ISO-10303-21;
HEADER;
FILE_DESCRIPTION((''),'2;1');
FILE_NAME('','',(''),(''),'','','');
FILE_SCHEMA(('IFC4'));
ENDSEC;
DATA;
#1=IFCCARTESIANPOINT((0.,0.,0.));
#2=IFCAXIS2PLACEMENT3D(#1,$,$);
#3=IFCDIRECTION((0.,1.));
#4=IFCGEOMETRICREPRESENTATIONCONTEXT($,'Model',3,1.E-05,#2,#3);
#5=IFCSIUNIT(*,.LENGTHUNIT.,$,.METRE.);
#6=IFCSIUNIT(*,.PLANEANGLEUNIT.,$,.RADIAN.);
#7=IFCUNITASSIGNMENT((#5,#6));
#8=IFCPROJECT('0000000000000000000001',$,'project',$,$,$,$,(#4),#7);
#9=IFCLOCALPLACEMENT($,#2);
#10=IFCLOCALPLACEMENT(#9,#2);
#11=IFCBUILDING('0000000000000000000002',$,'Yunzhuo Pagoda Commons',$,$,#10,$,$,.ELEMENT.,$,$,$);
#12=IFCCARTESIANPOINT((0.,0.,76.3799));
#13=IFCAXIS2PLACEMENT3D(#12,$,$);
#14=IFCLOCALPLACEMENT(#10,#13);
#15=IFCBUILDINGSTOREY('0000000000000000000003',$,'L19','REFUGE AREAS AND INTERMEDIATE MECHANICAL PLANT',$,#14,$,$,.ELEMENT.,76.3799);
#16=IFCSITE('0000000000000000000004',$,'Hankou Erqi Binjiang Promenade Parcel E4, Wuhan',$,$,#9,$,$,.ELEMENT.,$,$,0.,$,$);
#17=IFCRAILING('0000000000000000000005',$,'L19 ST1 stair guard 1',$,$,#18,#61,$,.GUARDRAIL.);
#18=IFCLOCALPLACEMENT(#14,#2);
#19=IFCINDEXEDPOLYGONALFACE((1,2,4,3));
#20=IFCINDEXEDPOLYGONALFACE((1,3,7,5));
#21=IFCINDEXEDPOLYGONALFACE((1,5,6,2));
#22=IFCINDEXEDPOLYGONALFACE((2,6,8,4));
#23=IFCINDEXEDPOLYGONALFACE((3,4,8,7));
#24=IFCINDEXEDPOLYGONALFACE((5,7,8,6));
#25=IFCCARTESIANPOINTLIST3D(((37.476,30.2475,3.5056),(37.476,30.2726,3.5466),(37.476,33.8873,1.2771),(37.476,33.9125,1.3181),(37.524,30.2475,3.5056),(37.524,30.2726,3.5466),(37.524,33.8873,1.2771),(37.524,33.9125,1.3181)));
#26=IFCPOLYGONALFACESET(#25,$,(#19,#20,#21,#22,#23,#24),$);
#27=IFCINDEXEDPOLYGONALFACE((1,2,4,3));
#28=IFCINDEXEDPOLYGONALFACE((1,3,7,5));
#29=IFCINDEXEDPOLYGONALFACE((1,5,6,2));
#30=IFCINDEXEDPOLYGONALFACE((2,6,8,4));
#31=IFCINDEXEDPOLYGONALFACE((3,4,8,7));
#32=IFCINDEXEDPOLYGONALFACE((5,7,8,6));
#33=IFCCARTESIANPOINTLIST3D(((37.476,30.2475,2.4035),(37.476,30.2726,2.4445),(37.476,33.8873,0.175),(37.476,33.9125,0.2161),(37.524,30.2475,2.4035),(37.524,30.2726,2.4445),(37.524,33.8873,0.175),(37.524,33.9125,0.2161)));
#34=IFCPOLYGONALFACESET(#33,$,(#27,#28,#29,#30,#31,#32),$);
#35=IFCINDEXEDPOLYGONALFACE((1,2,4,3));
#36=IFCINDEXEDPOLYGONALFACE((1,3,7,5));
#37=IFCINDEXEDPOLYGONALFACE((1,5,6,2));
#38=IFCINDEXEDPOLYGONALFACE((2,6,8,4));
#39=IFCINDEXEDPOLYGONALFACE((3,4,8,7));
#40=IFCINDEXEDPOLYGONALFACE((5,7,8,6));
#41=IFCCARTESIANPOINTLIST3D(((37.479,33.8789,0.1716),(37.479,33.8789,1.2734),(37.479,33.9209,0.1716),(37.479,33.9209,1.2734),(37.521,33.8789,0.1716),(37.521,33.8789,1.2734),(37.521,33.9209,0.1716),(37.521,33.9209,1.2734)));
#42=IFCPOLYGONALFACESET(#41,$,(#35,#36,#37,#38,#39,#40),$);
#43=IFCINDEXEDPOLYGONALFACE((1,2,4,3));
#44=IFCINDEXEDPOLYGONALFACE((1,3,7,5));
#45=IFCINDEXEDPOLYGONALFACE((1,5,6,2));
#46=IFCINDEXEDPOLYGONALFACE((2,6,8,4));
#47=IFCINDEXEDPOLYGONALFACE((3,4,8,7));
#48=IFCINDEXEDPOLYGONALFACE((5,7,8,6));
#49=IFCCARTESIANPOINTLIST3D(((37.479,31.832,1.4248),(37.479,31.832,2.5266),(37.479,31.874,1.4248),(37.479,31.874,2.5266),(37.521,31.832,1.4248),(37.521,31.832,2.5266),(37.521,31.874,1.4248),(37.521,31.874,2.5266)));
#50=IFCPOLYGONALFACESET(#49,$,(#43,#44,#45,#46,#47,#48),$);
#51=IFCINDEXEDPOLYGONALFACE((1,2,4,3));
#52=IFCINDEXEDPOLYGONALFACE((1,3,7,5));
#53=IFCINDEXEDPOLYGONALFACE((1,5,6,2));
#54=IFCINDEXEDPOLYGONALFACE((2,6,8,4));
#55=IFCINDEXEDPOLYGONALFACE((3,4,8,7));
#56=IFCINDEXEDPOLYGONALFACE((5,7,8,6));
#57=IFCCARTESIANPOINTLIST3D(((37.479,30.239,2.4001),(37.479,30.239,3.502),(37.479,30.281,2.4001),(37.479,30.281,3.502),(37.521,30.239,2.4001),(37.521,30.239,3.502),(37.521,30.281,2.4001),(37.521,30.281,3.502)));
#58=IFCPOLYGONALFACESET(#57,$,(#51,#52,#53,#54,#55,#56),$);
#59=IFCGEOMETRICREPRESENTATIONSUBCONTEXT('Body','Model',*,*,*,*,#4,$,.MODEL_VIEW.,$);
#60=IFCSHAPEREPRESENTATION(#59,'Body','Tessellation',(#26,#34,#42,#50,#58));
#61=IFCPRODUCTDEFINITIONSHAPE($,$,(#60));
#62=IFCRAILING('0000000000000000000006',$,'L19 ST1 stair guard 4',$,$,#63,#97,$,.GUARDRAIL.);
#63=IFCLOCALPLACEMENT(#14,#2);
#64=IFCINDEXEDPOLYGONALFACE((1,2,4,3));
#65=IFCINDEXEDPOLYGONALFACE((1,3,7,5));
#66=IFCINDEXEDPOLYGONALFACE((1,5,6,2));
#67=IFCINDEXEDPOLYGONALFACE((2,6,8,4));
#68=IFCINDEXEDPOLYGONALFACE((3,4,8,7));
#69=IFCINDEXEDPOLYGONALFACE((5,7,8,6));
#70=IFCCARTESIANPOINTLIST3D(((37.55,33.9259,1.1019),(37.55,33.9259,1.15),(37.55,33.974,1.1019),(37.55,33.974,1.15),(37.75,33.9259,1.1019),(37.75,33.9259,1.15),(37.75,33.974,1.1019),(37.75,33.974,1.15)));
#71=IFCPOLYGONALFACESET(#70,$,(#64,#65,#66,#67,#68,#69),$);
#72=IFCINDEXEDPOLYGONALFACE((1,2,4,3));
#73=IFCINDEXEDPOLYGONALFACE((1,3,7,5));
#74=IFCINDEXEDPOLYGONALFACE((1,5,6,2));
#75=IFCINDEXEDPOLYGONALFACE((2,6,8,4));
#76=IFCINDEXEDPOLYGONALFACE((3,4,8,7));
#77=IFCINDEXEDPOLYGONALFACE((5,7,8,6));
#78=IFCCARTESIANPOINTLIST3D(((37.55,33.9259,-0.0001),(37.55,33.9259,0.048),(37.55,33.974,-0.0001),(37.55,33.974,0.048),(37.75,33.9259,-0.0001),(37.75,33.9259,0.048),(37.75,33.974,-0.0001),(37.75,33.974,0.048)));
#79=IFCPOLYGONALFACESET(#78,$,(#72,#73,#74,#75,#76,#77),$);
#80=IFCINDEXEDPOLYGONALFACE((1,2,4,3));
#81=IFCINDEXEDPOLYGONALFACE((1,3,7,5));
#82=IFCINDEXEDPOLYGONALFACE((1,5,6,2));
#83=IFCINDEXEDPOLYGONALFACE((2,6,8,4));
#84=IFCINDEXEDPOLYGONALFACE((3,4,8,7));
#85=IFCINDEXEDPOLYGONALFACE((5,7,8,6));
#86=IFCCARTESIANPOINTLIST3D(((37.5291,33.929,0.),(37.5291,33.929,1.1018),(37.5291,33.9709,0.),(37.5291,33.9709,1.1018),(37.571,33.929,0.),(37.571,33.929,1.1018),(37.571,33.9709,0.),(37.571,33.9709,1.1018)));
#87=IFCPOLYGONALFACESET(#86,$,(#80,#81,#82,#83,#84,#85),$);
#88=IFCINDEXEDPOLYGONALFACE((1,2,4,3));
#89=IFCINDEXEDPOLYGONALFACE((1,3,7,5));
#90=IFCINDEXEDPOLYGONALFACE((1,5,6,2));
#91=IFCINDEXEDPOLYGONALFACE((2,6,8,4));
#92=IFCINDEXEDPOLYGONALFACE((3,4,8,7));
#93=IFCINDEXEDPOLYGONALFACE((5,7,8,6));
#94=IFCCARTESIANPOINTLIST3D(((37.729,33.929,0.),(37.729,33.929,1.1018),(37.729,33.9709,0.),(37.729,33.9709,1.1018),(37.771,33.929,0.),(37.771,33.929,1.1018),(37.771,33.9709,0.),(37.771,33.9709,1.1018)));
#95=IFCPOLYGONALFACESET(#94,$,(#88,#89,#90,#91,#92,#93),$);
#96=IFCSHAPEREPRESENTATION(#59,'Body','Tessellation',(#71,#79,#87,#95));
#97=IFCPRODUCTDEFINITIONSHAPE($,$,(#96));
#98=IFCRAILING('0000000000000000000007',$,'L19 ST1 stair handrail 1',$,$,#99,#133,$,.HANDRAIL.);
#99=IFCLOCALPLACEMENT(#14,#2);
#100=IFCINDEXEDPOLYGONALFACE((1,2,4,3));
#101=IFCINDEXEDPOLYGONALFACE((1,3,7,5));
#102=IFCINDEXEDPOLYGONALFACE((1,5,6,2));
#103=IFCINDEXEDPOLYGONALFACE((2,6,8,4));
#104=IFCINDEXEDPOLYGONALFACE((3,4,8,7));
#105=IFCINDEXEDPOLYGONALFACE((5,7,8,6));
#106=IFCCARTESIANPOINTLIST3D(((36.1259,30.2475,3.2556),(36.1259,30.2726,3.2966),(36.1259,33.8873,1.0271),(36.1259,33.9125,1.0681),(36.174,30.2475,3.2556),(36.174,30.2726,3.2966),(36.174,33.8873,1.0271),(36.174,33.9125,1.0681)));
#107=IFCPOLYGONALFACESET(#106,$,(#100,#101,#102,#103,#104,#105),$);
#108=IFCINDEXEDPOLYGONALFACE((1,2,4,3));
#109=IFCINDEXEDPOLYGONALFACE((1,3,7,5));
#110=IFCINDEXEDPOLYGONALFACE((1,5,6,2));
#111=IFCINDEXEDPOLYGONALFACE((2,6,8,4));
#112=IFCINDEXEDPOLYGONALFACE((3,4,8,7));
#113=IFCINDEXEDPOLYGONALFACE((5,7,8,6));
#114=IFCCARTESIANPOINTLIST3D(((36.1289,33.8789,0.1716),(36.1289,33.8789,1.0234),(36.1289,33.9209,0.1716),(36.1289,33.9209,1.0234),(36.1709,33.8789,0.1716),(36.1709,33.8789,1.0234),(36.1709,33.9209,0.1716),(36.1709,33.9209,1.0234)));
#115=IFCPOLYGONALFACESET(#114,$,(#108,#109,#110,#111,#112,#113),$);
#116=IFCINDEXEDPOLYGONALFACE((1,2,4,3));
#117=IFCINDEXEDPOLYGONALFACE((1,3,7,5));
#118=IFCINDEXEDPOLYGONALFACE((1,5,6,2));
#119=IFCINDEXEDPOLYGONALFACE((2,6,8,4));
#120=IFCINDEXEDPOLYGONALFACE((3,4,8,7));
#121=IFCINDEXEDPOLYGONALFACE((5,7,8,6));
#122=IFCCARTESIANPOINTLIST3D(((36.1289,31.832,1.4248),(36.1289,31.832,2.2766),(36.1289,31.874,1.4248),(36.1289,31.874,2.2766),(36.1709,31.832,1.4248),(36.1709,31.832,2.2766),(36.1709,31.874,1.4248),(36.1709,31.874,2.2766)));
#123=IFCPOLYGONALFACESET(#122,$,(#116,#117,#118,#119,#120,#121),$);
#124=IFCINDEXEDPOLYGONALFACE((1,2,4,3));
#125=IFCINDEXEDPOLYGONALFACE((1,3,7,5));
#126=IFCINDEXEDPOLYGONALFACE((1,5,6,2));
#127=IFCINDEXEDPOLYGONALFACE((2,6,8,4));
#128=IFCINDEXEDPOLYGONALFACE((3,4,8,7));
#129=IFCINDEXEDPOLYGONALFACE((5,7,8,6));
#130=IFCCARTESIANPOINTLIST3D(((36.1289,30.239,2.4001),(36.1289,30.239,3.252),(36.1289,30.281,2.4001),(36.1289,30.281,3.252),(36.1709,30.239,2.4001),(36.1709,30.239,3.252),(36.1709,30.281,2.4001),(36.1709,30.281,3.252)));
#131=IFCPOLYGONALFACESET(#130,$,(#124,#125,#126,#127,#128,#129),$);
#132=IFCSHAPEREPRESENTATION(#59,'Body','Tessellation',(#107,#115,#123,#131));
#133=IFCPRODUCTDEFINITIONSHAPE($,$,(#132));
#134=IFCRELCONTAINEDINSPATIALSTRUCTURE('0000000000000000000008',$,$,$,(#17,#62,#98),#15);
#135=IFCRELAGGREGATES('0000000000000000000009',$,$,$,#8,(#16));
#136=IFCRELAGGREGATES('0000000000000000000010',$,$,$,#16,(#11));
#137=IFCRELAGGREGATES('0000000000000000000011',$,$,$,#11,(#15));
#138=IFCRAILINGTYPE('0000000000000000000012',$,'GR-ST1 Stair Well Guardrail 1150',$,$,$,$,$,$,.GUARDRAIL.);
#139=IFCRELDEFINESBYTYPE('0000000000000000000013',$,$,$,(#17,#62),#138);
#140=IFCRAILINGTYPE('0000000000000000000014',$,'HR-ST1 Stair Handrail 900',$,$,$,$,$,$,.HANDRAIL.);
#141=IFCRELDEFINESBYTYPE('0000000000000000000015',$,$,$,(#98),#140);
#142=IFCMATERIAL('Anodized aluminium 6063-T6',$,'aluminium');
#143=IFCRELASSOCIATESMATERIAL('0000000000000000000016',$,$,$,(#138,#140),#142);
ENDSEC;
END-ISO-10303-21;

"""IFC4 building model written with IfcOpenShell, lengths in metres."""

from ifc_helpers import new_model, si_unit, direction, frame, origin, origin_2d, place, context, subcontext, project, spatial, rectangle, extrude, material, type_object, element, save


model = new_model("IFC4")

# Units and contexts
model_context = context("Model", 3, precision=1e-05, world=origin(), true_north=direction((0.0, 1.0)))
body_context = subcontext(model_context, "Body", "Model", "MODEL_VIEW")
ifc_project = project(units=[si_unit("LENGTHUNIT", "METRE"), si_unit("PLANEANGLEUNIT", "RADIAN")], contexts=[model_context])

# Site, building, storey
site_placement = place(None, origin())
site = spatial("IfcSite", under=ifc_project, at=site_placement, Name="Hankou Erqi Binjiang Promenade Parcel E4, Wuhan", CompositionType="ELEMENT", RefElevation=0.0)
building_placement = place(site_placement, origin())
building = spatial("IfcBuilding", under=site, at=building_placement, Name="Yunzhuo Pagoda Commons", CompositionType="ELEMENT")
storey_placement = place(building_placement, frame((0.0, 0.0, 76.3799)))
storey = spatial("IfcBuildingStorey", under=building, at=storey_placement, Name="L19", Description="REFUGE AREAS AND INTERMEDIATE MECHANICAL PLANT", CompositionType="ELEMENT", Elevation=76.3799)

# Railings
ifc_material_1 = material(Name="Anodized aluminium 6063-T6", Category="aluminium")
railing_type_1 = type_object("IfcRailingType", Name="GR-ST1 Stair Well Guardrail 1150", PredefinedType="GUARDRAIL", material=ifc_material_1)
railing_1_placement = place(storey_placement, frame((37.5, 33.8999, 0.1716)))
element("IfcRailing", 1, at=railing_1_placement, inside=storey, type_object=railing_type_1, Name="L19 ST1 stair guard 1", PredefinedType="GUARDRAIL", context=body_context, shape_type="SweptSolid", body=[
    extrude(rectangle(XDim=0.0481, YDim=0.0481, at=origin_2d()), frame((0.0, 0.0, 1.126), z_axis=(0.0, -0.85285, 0.522156), x_axis=(1.0, 0.0, 0.0)), (0.0, 0.0, 1.0), 4.2678),
    extrude(rectangle(XDim=0.0481, YDim=0.0481, at=origin_2d()), frame((0.0, 0.0, 0.0239), z_axis=(0.0, -0.85285, 0.522156), x_axis=(1.0, 0.0, 0.0)), (0.0, 0.0, 1.0), 4.2678),
    extrude(rectangle(XDim=0.042, YDim=0.042, at=origin_2d()), origin(), (0.0, 0.0, 1.0), 1.1018),
    extrude(rectangle(XDim=0.042, YDim=0.042, at=origin_2d()), frame((0.0, -2.0469, 1.2532)), (0.0, 0.0, 1.0), 1.1018),
    extrude(rectangle(XDim=0.042, YDim=0.042, at=origin_2d()), frame((0.0, -3.6399, 2.2285)), (0.0, 0.0, 1.0), 1.1018),
])
railing_2_placement = place(storey_placement, frame((37.55, 33.95, 0.0)))
element("IfcRailing", 2, at=railing_2_placement, inside=storey, type_object=railing_type_1, Name="L19 ST1 stair guard 4", PredefinedType="GUARDRAIL", context=body_context, shape_type="SweptSolid", body=[
    extrude(rectangle(XDim=0.0481, YDim=0.0481, at=origin_2d()), frame((0.0, 0.0, 1.126), z_axis=(1.0, 0.0, 0.0), x_axis=(0.0, 1.0, 0.0)), (0.0, 0.0, 1.0), 0.2),
    extrude(rectangle(XDim=0.0481, YDim=0.0481, at=origin_2d()), frame((0.0, 0.0, 0.0239), z_axis=(1.0, 0.0, 0.0), x_axis=(0.0, 1.0, 0.0)), (0.0, 0.0, 1.0), 0.2),
    extrude(rectangle(XDim=0.042, YDim=0.042, at=origin_2d()), origin(), (0.0, 0.0, 1.0), 1.1018),
    extrude(rectangle(XDim=0.042, YDim=0.042, at=origin_2d()), frame((0.2, 0.0, 0.0)), (0.0, 0.0, 1.0), 1.1018),
])
railing_type_2 = type_object("IfcRailingType", Name="HR-ST1 Stair Handrail 900", PredefinedType="HANDRAIL", material=ifc_material_1)
railing_3_placement = place(storey_placement, frame((36.1499, 33.8999, 0.1716)))
element("IfcRailing", 3, at=railing_3_placement, inside=storey, type_object=railing_type_2, Name="L19 ST1 stair handrail 1", PredefinedType="HANDRAIL", context=body_context, shape_type="SweptSolid", body=[
    extrude(rectangle(XDim=0.0481, YDim=0.0481, at=origin_2d()), frame((0.0, 0.0, 0.876), z_axis=(0.0, -0.85285, 0.522156), x_axis=(1.0, 0.0, 0.0)), (0.0, 0.0, 1.0), 4.2678),
    extrude(rectangle(XDim=0.042, YDim=0.042, at=origin_2d()), origin(), (0.0, 0.0, 1.0), 0.8518),
    extrude(rectangle(XDim=0.042, YDim=0.042, at=origin_2d()), frame((0.0, -2.0469, 1.2532)), (0.0, 0.0, 1.0), 0.8518),
    extrude(rectangle(XDim=0.042, YDim=0.042, at=origin_2d()), frame((0.0, -3.6399, 2.2285)), (0.0, 0.0, 1.0), 0.8518),
])

save(model, "model.ifc")
